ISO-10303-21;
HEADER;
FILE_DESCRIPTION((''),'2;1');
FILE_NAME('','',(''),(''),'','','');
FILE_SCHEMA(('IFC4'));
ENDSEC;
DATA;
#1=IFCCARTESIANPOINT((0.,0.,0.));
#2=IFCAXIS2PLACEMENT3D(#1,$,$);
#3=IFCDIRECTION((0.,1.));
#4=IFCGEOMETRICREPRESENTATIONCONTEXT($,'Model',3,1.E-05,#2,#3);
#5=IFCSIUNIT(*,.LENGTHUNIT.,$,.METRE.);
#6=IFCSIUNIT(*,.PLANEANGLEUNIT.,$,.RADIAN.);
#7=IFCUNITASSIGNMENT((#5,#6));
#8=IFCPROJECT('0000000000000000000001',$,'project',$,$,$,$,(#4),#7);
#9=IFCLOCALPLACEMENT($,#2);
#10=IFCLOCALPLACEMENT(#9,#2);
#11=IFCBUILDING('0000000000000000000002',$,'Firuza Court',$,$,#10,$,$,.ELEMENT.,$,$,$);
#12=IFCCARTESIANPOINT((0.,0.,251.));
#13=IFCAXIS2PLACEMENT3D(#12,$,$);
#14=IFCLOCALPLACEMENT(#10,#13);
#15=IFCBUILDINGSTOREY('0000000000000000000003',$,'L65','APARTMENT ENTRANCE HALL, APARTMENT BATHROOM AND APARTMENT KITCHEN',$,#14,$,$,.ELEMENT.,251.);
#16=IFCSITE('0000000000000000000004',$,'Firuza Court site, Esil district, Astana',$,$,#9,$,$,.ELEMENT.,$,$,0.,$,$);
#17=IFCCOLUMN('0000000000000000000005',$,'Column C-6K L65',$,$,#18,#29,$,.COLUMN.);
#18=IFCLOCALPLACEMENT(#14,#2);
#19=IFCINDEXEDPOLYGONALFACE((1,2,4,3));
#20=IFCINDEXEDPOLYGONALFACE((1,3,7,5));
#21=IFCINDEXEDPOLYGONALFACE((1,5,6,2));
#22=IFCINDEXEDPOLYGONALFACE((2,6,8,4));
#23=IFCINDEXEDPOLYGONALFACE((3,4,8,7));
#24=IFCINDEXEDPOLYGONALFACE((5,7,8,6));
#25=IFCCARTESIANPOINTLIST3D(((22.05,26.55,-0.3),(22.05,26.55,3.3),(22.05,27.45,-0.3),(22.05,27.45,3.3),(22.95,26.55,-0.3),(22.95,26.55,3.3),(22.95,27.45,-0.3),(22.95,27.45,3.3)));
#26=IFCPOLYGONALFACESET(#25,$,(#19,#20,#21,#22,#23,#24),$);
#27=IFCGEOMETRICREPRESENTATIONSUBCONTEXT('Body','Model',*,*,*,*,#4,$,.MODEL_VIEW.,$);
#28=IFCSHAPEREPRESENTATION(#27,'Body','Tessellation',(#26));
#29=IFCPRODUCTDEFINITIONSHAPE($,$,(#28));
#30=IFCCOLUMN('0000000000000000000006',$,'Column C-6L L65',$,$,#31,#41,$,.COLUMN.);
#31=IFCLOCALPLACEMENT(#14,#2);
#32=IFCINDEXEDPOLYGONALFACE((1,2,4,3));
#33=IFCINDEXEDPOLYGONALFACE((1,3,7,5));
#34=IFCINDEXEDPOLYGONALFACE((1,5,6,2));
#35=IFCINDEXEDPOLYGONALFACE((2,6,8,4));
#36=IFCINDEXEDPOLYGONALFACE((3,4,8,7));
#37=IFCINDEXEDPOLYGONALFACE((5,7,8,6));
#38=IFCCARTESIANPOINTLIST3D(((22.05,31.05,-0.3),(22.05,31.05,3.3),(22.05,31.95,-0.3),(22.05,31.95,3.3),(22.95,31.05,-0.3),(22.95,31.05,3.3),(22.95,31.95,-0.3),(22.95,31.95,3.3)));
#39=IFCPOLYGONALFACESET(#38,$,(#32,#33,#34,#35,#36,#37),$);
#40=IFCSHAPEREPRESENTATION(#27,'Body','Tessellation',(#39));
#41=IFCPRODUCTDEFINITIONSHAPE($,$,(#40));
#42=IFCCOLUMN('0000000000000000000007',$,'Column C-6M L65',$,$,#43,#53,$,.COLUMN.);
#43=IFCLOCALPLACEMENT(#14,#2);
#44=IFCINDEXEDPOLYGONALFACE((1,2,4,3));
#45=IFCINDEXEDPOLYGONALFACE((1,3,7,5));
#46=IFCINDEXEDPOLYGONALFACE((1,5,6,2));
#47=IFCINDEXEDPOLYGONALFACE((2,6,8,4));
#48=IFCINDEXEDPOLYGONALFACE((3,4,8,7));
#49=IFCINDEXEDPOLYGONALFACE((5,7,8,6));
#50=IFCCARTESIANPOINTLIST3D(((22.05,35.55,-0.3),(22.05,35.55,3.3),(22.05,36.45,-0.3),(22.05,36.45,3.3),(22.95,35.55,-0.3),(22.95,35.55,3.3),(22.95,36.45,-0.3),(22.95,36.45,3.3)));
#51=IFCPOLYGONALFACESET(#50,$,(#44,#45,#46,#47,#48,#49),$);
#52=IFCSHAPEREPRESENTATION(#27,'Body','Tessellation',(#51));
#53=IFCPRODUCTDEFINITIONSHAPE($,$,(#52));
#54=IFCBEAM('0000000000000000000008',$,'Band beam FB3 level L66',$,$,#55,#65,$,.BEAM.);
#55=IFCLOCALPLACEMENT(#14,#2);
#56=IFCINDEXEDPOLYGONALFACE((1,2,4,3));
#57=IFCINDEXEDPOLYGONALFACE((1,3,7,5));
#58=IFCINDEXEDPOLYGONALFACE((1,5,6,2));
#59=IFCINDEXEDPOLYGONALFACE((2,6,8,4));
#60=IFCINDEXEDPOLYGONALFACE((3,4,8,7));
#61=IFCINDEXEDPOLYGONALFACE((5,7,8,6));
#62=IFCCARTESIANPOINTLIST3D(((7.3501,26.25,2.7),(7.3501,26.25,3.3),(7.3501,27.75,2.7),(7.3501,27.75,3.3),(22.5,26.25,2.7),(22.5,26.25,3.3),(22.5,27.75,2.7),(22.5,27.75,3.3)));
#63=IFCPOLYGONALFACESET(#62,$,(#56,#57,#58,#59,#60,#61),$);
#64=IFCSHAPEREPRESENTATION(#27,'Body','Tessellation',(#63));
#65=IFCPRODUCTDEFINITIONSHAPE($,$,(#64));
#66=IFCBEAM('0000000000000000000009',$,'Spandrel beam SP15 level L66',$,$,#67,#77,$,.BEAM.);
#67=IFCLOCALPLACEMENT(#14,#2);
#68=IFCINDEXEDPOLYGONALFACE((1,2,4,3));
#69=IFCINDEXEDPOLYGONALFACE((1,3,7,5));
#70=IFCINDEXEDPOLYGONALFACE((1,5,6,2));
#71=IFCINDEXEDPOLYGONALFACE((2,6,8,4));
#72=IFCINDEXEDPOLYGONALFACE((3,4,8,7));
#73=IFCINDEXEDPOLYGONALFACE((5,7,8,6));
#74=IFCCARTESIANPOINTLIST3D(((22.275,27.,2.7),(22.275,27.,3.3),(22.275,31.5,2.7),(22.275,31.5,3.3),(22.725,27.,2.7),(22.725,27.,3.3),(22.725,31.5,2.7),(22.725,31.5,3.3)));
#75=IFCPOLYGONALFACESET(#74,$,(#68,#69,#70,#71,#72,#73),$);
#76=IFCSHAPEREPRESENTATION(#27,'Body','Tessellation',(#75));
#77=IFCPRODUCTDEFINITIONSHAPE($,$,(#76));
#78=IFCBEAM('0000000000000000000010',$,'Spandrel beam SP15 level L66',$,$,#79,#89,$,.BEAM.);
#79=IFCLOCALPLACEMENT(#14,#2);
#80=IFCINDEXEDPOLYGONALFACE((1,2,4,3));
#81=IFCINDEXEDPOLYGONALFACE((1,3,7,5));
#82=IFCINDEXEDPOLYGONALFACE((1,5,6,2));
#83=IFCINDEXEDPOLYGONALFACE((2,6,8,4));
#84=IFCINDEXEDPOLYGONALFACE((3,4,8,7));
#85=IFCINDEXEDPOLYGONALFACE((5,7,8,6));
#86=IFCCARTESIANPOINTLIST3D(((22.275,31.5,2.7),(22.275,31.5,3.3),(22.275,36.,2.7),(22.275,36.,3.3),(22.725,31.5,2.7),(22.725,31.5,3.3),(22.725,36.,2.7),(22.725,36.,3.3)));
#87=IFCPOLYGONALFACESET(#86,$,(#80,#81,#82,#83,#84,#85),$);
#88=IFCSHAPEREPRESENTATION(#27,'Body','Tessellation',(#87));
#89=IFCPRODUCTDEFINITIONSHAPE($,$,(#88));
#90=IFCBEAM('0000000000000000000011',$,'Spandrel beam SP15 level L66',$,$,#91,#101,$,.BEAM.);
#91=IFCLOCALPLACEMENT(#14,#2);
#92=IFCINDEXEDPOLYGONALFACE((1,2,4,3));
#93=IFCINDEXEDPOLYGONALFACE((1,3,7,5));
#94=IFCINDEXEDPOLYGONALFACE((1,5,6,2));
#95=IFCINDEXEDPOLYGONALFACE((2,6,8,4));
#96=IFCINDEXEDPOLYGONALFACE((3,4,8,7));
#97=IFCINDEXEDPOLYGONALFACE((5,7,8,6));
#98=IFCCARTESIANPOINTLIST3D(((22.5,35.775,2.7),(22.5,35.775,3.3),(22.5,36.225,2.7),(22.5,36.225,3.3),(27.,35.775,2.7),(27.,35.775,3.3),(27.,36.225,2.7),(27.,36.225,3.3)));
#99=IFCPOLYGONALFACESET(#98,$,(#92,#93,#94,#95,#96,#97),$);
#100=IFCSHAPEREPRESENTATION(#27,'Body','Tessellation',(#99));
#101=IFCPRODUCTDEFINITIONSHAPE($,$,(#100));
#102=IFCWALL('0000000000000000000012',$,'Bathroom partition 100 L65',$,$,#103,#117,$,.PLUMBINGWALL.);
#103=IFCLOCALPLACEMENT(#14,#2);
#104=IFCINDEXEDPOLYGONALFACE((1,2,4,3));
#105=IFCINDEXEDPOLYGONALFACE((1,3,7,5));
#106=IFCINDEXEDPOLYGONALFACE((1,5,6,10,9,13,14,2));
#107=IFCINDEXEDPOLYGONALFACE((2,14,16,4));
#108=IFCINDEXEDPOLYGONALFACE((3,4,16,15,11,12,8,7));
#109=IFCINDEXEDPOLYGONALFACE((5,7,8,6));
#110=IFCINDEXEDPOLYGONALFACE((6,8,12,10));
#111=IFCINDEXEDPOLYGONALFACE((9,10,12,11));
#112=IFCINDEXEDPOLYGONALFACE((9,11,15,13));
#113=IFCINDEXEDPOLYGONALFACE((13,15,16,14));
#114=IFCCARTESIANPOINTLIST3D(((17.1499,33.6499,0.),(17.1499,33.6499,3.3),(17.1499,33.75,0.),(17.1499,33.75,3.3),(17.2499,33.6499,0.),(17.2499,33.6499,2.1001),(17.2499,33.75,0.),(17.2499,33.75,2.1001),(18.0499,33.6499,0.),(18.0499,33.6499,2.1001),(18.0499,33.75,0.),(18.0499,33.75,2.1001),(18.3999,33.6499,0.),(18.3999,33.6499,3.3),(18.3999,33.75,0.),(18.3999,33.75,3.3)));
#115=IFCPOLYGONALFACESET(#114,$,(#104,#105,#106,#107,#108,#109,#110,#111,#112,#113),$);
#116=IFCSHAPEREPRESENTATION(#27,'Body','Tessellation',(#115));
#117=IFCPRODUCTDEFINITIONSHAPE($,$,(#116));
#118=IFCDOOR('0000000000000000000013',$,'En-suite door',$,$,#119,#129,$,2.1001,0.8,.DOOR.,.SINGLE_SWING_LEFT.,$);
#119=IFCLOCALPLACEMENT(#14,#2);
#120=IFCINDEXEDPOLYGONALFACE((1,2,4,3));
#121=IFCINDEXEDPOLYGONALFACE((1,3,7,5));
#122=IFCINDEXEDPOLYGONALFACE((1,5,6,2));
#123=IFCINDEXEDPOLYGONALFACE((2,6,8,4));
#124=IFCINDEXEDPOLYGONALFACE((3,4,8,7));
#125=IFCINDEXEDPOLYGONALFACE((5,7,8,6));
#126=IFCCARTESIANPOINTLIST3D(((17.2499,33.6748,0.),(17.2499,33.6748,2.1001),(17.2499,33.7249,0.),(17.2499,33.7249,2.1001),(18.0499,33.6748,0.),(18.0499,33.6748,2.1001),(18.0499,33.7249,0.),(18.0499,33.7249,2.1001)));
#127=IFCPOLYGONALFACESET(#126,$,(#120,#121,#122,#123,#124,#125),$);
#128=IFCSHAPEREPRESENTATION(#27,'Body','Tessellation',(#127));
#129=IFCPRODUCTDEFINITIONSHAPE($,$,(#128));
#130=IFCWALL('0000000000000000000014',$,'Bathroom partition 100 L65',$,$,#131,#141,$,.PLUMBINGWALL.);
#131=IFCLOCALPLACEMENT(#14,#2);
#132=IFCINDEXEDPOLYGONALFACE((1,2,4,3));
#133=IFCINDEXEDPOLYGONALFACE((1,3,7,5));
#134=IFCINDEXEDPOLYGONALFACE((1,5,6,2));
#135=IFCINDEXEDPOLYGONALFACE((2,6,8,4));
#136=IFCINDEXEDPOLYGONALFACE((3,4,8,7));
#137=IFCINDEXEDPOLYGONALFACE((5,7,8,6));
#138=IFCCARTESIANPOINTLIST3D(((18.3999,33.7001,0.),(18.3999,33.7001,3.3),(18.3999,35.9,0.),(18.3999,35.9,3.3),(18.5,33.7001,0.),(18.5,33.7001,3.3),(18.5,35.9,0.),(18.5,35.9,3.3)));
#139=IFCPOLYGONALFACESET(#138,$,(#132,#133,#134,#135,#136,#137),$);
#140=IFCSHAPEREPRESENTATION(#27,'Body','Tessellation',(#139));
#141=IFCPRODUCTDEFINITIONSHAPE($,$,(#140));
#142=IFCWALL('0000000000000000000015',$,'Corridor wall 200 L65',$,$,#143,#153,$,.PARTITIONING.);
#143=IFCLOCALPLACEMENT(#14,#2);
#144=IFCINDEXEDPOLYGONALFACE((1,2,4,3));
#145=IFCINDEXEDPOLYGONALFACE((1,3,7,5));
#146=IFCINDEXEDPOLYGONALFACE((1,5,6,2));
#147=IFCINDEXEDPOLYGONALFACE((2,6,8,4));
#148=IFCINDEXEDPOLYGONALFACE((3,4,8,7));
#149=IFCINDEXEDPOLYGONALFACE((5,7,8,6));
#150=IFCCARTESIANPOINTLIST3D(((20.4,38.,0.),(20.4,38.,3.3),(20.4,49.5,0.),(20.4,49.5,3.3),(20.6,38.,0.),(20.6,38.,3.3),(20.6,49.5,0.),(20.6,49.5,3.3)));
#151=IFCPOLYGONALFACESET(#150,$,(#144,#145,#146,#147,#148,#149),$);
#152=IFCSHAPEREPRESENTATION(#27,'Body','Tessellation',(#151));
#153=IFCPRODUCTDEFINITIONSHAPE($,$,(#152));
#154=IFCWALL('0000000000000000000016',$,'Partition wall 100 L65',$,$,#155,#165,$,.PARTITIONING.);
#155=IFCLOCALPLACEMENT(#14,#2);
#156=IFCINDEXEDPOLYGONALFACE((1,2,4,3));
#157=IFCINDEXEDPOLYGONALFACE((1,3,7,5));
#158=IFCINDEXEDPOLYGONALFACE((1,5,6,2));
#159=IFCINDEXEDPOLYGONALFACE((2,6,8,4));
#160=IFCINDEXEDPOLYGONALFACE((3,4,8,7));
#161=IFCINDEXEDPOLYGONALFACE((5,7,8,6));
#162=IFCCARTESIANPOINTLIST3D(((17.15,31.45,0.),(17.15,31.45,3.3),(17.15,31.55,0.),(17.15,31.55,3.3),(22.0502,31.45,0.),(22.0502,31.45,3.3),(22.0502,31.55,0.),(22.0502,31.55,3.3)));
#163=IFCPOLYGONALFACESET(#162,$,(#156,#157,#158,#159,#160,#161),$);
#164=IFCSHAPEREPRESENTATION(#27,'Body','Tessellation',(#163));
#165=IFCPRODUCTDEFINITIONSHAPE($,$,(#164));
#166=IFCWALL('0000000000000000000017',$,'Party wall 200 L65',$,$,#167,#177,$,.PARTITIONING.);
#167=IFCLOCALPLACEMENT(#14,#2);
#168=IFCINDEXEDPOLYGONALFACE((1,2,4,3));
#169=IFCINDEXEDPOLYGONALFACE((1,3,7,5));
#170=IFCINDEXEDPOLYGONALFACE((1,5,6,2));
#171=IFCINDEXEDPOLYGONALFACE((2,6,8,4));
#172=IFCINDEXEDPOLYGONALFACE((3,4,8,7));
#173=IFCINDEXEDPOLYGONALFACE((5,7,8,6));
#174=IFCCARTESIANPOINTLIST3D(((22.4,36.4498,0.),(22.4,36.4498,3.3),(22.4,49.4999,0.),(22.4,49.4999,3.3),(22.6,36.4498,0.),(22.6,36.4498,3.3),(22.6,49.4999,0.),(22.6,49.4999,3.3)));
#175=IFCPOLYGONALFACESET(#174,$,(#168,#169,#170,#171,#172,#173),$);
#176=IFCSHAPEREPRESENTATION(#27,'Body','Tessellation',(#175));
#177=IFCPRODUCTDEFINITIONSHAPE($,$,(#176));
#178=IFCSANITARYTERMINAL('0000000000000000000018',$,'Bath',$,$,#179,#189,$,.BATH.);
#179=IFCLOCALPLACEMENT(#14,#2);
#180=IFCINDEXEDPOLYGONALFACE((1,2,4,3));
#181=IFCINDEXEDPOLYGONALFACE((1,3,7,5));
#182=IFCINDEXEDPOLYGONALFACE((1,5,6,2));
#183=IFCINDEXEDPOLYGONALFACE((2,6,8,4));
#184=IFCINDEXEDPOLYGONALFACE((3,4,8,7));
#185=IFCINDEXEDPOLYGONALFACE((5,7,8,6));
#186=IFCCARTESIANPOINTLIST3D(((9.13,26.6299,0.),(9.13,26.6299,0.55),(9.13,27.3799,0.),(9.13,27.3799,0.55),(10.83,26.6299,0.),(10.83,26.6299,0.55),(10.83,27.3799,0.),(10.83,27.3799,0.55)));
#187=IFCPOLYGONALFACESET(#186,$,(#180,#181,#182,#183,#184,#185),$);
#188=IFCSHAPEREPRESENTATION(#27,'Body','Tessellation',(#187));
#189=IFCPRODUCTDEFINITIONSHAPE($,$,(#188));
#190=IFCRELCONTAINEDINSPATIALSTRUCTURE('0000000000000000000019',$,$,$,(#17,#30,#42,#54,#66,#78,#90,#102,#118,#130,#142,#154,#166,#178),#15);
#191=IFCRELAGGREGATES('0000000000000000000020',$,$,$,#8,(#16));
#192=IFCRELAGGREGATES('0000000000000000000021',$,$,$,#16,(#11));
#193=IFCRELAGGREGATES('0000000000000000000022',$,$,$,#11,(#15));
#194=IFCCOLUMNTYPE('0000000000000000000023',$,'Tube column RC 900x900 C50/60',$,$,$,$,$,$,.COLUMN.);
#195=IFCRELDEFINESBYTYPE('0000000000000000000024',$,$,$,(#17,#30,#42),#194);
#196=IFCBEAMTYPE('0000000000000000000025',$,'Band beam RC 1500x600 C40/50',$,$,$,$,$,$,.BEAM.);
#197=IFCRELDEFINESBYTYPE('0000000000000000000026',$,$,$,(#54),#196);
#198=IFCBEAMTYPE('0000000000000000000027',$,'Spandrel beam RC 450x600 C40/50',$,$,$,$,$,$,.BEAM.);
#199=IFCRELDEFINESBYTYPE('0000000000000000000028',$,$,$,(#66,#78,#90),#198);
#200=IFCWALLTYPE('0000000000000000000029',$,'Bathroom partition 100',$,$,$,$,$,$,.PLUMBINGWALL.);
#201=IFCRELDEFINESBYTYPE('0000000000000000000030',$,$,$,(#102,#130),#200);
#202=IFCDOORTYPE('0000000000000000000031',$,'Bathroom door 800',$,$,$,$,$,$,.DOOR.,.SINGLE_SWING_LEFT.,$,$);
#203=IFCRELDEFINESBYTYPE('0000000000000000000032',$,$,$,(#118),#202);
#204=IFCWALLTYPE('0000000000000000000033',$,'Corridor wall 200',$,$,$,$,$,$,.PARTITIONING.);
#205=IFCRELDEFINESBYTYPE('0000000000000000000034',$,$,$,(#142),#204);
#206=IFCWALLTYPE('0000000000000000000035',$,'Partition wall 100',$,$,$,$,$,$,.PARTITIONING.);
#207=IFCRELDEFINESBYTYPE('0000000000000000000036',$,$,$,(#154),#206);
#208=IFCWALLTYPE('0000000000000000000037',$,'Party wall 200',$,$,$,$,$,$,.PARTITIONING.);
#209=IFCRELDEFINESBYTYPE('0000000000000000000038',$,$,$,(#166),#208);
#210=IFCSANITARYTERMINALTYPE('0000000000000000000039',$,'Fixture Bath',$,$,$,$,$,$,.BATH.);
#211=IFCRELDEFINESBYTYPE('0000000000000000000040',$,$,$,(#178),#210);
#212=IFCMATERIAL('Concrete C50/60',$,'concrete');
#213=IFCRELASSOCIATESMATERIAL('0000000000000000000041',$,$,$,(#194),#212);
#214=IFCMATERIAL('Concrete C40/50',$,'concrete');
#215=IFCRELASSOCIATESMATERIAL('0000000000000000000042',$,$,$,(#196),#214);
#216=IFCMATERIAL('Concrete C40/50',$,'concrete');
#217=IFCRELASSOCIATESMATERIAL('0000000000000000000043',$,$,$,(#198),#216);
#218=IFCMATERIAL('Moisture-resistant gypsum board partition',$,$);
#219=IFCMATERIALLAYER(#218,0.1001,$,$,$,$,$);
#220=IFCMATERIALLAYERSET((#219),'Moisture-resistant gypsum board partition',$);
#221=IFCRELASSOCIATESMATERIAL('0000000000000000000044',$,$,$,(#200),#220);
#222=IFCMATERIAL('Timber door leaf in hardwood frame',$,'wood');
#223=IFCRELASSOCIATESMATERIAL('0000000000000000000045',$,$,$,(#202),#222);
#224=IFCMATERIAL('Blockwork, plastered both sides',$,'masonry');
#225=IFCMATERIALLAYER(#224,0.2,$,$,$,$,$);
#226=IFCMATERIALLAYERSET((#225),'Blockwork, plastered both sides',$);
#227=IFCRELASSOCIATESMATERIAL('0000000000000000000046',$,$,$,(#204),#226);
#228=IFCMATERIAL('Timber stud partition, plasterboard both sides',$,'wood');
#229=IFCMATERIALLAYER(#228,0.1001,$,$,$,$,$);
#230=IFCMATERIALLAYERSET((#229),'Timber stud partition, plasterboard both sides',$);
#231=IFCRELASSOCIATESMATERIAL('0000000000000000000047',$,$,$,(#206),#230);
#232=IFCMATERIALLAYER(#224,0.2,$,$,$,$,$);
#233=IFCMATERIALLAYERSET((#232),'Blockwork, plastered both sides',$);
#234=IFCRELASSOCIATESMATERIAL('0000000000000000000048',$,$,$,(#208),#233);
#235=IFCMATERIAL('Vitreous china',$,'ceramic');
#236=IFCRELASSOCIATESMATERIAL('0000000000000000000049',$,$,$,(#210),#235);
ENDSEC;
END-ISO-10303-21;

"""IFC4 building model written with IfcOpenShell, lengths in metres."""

from ifc_helpers import new_model, si_unit, direction, frame, frame_2d, origin, origin_2d, place, context, subcontext, project, spatial, rectangle, extrude, material, layer, layer_set, material_profile, profile_set, type_object, element, fill, save


model = new_model("IFC4")

# Units and contexts
model_context = context("Model", 3, precision=1e-05, world=origin(), true_north=direction((0.0, 1.0)))
body_context = subcontext(model_context, "Body", "Model", "MODEL_VIEW")
ifc_project = project(units=[si_unit("LENGTHUNIT", "METRE"), si_unit("PLANEANGLEUNIT", "RADIAN")], contexts=[model_context])

# Site, building, storey
site_placement = place(None, origin())
site = spatial("IfcSite", under=ifc_project, at=site_placement, Name="Firuza Court site, Esil district, Astana", CompositionType="ELEMENT", RefElevation=0.0)
building_placement = place(site_placement, origin())
building = spatial("IfcBuilding", under=site, at=building_placement, Name="Firuza Court", CompositionType="ELEMENT")
storey_placement = place(building_placement, frame((0.0, 0.0, 251.0)))
storey = spatial("IfcBuildingStorey", under=building, at=storey_placement, Name="L65", Description="APARTMENT ENTRANCE HALL, APARTMENT BATHROOM AND APARTMENT KITCHEN", CompositionType="ELEMENT", Elevation=251.0)

# Columns
ifc_material_1 = material(Name="Concrete C50/60", Category="concrete")
ifc_material_profile_1 = material_profile(ifc_material_1, rectangle(XDim=0.8999, YDim=0.8999, at=origin_2d()), Name="RC 900x900")
ifc_profile_set_1 = profile_set([ifc_material_profile_1], Name="Concrete C50/60")
column_type = type_object("IfcColumnType", Name="Tube column RC 900x900 C50/60", PredefinedType="COLUMN", material=ifc_profile_set_1)
for number, where, z_axis, x_axis, name in (
    (1, (22.5, 27.0, -0.3), (0.0, 0.0, 1.0), (1.0, 0.0, 0.0), "Column C-6K L65"),
    (2, (22.5, 31.5, -0.3), (0.0, 0.0, 1.0), (1.0, 0.0, 0.0), "Column C-6L L65"),
    (3, (22.5, 36.0, -0.3), (0.0, 0.0, 1.0), (1.0, 0.0, 0.0), "Column C-6M L65"),
):
    element("IfcColumn", number, at=place(storey_placement, frame(where, z_axis=z_axis, x_axis=x_axis)), inside=storey, type_object=column_type, Name=name, PredefinedType="COLUMN", context=body_context, shape_type="SweptSolid", body=[
        extrude(rectangle(XDim=0.8999, YDim=0.8999, at=origin_2d()), origin(), (0.0, 0.0, 1.0), 3.6001),
    ])

# Beams
ifc_material_2 = material(Name="Concrete C40/50", Category="concrete")
ifc_material_profile_2 = material_profile(ifc_material_2, rectangle(XDim=1.5, YDim=0.6001, at=origin_2d()), Name="RC 1500x600")
ifc_profile_set_2 = profile_set([ifc_material_profile_2], Name="Concrete C40/50")
beam_type_1 = type_object("IfcBeamType", Name="Band beam RC 1500x600 C40/50", PredefinedType="BEAM", material=ifc_profile_set_2)
beam_placement = place(storey_placement, frame((22.5, 27.0, 3.0), z_axis=(-1.0, 0.0, 0.0), x_axis=(0.0, -1.0, 0.0)))
element("IfcBeam", 4, at=beam_placement, inside=storey, type_object=beam_type_1, Name="Band beam FB3 level L66", PredefinedType="BEAM", context=body_context, shape_type="SweptSolid", body=[
    extrude(rectangle(XDim=1.5, YDim=0.6001, at=origin_2d()), origin(), (0.0, 0.0, 1.0), 15.1499),
])
ifc_material_3 = material(Name="Concrete C40/50", Category="concrete")
ifc_material_profile_3 = material_profile(ifc_material_3, rectangle(XDim=0.45, YDim=0.6001, at=origin_2d()), Name="RC 450x600")
ifc_profile_set_3 = profile_set([ifc_material_profile_3], Name="Concrete C40/50")
beam_type_2 = type_object("IfcBeamType", Name="Spandrel beam RC 450x600 C40/50", PredefinedType="BEAM", material=ifc_profile_set_3)
for number, where, z_axis, x_axis, name in (
    (5, (22.5, 27.0, 3.0), (0.0, 1.0, 0.0), (-1.0, 0.0, 0.0), "Spandrel beam SP15 level L66"),
    (6, (22.5, 31.5, 3.0), (0.0, 1.0, 0.0), (-1.0, 0.0, 0.0), "Spandrel beam SP15 level L66"),
    (7, (22.5, 36.0, 3.0), (1.0, 0.0, 0.0), (0.0, 1.0, 0.0), "Spandrel beam SP15 level L66"),
):
    element("IfcBeam", number, at=place(storey_placement, frame(where, z_axis=z_axis, x_axis=x_axis)), inside=storey, type_object=beam_type_2, Name=name, PredefinedType="BEAM", context=body_context, shape_type="SweptSolid", body=[
        extrude(rectangle(XDim=0.45, YDim=0.6001, at=origin_2d()), origin(), (0.0, 0.0, 1.0), 4.5),
    ])

# Wall, opening, door
ifc_material_4 = material(Name="Moisture-resistant gypsum board partition")
ifc_layer_1 = layer(ifc_material_4, 0.1001)
ifc_layer_set_1 = layer_set([ifc_layer_1], Name="Moisture-resistant gypsum board partition")
wall_type_1 = type_object("IfcWallType", Name="Bathroom partition 100", PredefinedType="PLUMBINGWALL", material=ifc_layer_set_1)
wall_1_placement = place(storey_placement, frame((17.1499, 33.7, 0.0), z_axis=(0.0, 0.0, 1.0), x_axis=(1.0, 0.0, 0.0)))
wall_1 = element("IfcWall", 8, at=wall_1_placement, inside=storey, type_object=wall_type_1, Name="Bathroom partition 100 L65", PredefinedType="PLUMBINGWALL", context=body_context, shape_type="SweptSolid", body=[
    extrude(rectangle(XDim=1.25, YDim=0.1001, at=frame_2d((0.625, 0.0))), origin(), (0.0, 0.0, 1.0), 3.3),
])
opening_placement = place(wall_1_placement, frame((0.1001, 0.0, 0.0)))
opening = element("IfcOpeningElement", 9, at=opening_placement, cuts=wall_1, PredefinedType="OPENING", context=body_context, shape_type="SweptSolid", body=[
    extrude(rectangle(XDim=0.8, YDim=2.1001, at=frame_2d((0.3999, 1.05))), frame((0.0, 0.062, 0.0), z_axis=(0.0, -1.0, 0.0), x_axis=(1.0, 0.0, 0.0)), (0.0, 0.0, 1.0), 0.124),
])
ifc_material_5 = material(Name="Timber door leaf in hardwood frame", Category="wood")
door_type = type_object("IfcDoorType", Name="Bathroom door 800", OperationType="SINGLE_SWING_LEFT", PredefinedType="DOOR", material=ifc_material_5)
door_placement = place(opening_placement, origin())
door = element("IfcDoor", 10, at=door_placement, inside=storey, type_object=door_type, Name="En-suite door", OperationType="SINGLE_SWING_LEFT", OverallHeight=2.1001, OverallWidth=0.8, PredefinedType="DOOR", context=body_context, shape_type="SweptSolid", body=[
    extrude(rectangle(XDim=0.8, YDim=2.1001, at=frame_2d((0.3999, 1.05))), frame((0.0, 0.0249, 0.0), z_axis=(0.0, -1.0, 0.0), x_axis=(1.0, 0.0, 0.0)), (0.0, 0.0, 1.0), 0.05),
])
fill(opening, door)

# Walls
wall_2_placement = place(storey_placement, frame((18.45, 33.7, 0.0), z_axis=(0.0, 0.0, 1.0), x_axis=(0.0, 1.0, 0.0)))
element("IfcWall", 11, at=wall_2_placement, inside=storey, type_object=wall_type_1, Name="Bathroom partition 100 L65", PredefinedType="PLUMBINGWALL", context=body_context, shape_type="SweptSolid", body=[
    extrude(rectangle(XDim=2.2, YDim=0.1001, at=frame_2d((1.1001, 0.0))), origin(), (0.0, 0.0, 1.0), 3.3),
])
ifc_material_6 = material(Name="Blockwork, plastered both sides", Category="masonry")
ifc_layer_2 = layer(ifc_material_6, 0.2)
ifc_layer_set_2 = layer_set([ifc_layer_2], Name="Blockwork, plastered both sides")
wall_type_2 = type_object("IfcWallType", Name="Corridor wall 200", PredefinedType="PARTITIONING", material=ifc_layer_set_2)
wall_3_placement = place(storey_placement, frame((20.5, 38.0, 0.0), z_axis=(0.0, 0.0, 1.0), x_axis=(0.0, 1.0, 0.0)))
element("IfcWall", 12, at=wall_3_placement, inside=storey, type_object=wall_type_2, Name="Corridor wall 200 L65", PredefinedType="PARTITIONING", context=body_context, shape_type="SweptSolid", body=[
    extrude(rectangle(XDim=11.5, YDim=0.2, at=frame_2d((5.75, 0.0))), origin(), (0.0, 0.0, 1.0), 3.3),
])
ifc_material_7 = material(Name="Timber stud partition, plasterboard both sides", Category="wood")
ifc_layer_3 = layer(ifc_material_7, 0.1001)
ifc_layer_set_3 = layer_set([ifc_layer_3], Name="Timber stud partition, plasterboard both sides")
wall_type_3 = type_object("IfcWallType", Name="Partition wall 100", PredefinedType="PARTITIONING", material=ifc_layer_set_3)
wall_4_placement = place(storey_placement, frame((17.1499, 31.5, 0.0), z_axis=(0.0, 0.0, 1.0), x_axis=(1.0, 0.0, 0.0)))
element("IfcWall", 13, at=wall_4_placement, inside=storey, type_object=wall_type_3, Name="Partition wall 100 L65", PredefinedType="PARTITIONING", context=body_context, shape_type="SweptSolid", body=[
    extrude(rectangle(XDim=4.9001, YDim=0.1001, at=frame_2d((2.4502, 0.0))), origin(), (0.0, 0.0, 1.0), 3.3),
])
ifc_layer_4 = layer(ifc_material_6, 0.2)
ifc_layer_set_4 = layer_set([ifc_layer_4], Name="Blockwork, plastered both sides")
wall_type_4 = type_object("IfcWallType", Name="Party wall 200", PredefinedType="PARTITIONING", material=ifc_layer_set_4)
wall_5_placement = place(storey_placement, frame((22.5, 36.45, 0.0), z_axis=(0.0, 0.0, 1.0), x_axis=(0.0, 1.0, 0.0)))
element("IfcWall", 14, at=wall_5_placement, inside=storey, type_object=wall_type_4, Name="Party wall 200 L65", PredefinedType="PARTITIONING", context=body_context, shape_type="SweptSolid", body=[
    extrude(rectangle(XDim=13.05, YDim=0.2, at=frame_2d((6.5249, 0.0))), origin(), (0.0, 0.0, 1.0), 3.3),
])

# Sanitary terminal
ifc_material_8 = material(Name="Vitreous china", Category="ceramic")
sanitary_terminal_type_1 = type_object("IfcSanitaryTerminalType", Name="Fixture Bath", PredefinedType="BATH", material=ifc_material_8)
sanitary_terminal_1_placement = place(storey_placement, frame((9.98, 27.0049, 0.0), z_axis=(0.0, 0.0, 1.0), x_axis=(1.0, 0.0, 0.0)))
element("IfcSanitaryTerminal", 15, at=sanitary_terminal_1_placement, inside=storey, type_object=sanitary_terminal_type_1, Name="Bath", PredefinedType="BATH", context=body_context, shape_type="SweptSolid", body=[
    extrude(rectangle(XDim=1.7, YDim=0.75, at=origin_2d()), origin(), (0.0, 0.0, 1.0), 0.55),
])

save(model, "model.ifc")
